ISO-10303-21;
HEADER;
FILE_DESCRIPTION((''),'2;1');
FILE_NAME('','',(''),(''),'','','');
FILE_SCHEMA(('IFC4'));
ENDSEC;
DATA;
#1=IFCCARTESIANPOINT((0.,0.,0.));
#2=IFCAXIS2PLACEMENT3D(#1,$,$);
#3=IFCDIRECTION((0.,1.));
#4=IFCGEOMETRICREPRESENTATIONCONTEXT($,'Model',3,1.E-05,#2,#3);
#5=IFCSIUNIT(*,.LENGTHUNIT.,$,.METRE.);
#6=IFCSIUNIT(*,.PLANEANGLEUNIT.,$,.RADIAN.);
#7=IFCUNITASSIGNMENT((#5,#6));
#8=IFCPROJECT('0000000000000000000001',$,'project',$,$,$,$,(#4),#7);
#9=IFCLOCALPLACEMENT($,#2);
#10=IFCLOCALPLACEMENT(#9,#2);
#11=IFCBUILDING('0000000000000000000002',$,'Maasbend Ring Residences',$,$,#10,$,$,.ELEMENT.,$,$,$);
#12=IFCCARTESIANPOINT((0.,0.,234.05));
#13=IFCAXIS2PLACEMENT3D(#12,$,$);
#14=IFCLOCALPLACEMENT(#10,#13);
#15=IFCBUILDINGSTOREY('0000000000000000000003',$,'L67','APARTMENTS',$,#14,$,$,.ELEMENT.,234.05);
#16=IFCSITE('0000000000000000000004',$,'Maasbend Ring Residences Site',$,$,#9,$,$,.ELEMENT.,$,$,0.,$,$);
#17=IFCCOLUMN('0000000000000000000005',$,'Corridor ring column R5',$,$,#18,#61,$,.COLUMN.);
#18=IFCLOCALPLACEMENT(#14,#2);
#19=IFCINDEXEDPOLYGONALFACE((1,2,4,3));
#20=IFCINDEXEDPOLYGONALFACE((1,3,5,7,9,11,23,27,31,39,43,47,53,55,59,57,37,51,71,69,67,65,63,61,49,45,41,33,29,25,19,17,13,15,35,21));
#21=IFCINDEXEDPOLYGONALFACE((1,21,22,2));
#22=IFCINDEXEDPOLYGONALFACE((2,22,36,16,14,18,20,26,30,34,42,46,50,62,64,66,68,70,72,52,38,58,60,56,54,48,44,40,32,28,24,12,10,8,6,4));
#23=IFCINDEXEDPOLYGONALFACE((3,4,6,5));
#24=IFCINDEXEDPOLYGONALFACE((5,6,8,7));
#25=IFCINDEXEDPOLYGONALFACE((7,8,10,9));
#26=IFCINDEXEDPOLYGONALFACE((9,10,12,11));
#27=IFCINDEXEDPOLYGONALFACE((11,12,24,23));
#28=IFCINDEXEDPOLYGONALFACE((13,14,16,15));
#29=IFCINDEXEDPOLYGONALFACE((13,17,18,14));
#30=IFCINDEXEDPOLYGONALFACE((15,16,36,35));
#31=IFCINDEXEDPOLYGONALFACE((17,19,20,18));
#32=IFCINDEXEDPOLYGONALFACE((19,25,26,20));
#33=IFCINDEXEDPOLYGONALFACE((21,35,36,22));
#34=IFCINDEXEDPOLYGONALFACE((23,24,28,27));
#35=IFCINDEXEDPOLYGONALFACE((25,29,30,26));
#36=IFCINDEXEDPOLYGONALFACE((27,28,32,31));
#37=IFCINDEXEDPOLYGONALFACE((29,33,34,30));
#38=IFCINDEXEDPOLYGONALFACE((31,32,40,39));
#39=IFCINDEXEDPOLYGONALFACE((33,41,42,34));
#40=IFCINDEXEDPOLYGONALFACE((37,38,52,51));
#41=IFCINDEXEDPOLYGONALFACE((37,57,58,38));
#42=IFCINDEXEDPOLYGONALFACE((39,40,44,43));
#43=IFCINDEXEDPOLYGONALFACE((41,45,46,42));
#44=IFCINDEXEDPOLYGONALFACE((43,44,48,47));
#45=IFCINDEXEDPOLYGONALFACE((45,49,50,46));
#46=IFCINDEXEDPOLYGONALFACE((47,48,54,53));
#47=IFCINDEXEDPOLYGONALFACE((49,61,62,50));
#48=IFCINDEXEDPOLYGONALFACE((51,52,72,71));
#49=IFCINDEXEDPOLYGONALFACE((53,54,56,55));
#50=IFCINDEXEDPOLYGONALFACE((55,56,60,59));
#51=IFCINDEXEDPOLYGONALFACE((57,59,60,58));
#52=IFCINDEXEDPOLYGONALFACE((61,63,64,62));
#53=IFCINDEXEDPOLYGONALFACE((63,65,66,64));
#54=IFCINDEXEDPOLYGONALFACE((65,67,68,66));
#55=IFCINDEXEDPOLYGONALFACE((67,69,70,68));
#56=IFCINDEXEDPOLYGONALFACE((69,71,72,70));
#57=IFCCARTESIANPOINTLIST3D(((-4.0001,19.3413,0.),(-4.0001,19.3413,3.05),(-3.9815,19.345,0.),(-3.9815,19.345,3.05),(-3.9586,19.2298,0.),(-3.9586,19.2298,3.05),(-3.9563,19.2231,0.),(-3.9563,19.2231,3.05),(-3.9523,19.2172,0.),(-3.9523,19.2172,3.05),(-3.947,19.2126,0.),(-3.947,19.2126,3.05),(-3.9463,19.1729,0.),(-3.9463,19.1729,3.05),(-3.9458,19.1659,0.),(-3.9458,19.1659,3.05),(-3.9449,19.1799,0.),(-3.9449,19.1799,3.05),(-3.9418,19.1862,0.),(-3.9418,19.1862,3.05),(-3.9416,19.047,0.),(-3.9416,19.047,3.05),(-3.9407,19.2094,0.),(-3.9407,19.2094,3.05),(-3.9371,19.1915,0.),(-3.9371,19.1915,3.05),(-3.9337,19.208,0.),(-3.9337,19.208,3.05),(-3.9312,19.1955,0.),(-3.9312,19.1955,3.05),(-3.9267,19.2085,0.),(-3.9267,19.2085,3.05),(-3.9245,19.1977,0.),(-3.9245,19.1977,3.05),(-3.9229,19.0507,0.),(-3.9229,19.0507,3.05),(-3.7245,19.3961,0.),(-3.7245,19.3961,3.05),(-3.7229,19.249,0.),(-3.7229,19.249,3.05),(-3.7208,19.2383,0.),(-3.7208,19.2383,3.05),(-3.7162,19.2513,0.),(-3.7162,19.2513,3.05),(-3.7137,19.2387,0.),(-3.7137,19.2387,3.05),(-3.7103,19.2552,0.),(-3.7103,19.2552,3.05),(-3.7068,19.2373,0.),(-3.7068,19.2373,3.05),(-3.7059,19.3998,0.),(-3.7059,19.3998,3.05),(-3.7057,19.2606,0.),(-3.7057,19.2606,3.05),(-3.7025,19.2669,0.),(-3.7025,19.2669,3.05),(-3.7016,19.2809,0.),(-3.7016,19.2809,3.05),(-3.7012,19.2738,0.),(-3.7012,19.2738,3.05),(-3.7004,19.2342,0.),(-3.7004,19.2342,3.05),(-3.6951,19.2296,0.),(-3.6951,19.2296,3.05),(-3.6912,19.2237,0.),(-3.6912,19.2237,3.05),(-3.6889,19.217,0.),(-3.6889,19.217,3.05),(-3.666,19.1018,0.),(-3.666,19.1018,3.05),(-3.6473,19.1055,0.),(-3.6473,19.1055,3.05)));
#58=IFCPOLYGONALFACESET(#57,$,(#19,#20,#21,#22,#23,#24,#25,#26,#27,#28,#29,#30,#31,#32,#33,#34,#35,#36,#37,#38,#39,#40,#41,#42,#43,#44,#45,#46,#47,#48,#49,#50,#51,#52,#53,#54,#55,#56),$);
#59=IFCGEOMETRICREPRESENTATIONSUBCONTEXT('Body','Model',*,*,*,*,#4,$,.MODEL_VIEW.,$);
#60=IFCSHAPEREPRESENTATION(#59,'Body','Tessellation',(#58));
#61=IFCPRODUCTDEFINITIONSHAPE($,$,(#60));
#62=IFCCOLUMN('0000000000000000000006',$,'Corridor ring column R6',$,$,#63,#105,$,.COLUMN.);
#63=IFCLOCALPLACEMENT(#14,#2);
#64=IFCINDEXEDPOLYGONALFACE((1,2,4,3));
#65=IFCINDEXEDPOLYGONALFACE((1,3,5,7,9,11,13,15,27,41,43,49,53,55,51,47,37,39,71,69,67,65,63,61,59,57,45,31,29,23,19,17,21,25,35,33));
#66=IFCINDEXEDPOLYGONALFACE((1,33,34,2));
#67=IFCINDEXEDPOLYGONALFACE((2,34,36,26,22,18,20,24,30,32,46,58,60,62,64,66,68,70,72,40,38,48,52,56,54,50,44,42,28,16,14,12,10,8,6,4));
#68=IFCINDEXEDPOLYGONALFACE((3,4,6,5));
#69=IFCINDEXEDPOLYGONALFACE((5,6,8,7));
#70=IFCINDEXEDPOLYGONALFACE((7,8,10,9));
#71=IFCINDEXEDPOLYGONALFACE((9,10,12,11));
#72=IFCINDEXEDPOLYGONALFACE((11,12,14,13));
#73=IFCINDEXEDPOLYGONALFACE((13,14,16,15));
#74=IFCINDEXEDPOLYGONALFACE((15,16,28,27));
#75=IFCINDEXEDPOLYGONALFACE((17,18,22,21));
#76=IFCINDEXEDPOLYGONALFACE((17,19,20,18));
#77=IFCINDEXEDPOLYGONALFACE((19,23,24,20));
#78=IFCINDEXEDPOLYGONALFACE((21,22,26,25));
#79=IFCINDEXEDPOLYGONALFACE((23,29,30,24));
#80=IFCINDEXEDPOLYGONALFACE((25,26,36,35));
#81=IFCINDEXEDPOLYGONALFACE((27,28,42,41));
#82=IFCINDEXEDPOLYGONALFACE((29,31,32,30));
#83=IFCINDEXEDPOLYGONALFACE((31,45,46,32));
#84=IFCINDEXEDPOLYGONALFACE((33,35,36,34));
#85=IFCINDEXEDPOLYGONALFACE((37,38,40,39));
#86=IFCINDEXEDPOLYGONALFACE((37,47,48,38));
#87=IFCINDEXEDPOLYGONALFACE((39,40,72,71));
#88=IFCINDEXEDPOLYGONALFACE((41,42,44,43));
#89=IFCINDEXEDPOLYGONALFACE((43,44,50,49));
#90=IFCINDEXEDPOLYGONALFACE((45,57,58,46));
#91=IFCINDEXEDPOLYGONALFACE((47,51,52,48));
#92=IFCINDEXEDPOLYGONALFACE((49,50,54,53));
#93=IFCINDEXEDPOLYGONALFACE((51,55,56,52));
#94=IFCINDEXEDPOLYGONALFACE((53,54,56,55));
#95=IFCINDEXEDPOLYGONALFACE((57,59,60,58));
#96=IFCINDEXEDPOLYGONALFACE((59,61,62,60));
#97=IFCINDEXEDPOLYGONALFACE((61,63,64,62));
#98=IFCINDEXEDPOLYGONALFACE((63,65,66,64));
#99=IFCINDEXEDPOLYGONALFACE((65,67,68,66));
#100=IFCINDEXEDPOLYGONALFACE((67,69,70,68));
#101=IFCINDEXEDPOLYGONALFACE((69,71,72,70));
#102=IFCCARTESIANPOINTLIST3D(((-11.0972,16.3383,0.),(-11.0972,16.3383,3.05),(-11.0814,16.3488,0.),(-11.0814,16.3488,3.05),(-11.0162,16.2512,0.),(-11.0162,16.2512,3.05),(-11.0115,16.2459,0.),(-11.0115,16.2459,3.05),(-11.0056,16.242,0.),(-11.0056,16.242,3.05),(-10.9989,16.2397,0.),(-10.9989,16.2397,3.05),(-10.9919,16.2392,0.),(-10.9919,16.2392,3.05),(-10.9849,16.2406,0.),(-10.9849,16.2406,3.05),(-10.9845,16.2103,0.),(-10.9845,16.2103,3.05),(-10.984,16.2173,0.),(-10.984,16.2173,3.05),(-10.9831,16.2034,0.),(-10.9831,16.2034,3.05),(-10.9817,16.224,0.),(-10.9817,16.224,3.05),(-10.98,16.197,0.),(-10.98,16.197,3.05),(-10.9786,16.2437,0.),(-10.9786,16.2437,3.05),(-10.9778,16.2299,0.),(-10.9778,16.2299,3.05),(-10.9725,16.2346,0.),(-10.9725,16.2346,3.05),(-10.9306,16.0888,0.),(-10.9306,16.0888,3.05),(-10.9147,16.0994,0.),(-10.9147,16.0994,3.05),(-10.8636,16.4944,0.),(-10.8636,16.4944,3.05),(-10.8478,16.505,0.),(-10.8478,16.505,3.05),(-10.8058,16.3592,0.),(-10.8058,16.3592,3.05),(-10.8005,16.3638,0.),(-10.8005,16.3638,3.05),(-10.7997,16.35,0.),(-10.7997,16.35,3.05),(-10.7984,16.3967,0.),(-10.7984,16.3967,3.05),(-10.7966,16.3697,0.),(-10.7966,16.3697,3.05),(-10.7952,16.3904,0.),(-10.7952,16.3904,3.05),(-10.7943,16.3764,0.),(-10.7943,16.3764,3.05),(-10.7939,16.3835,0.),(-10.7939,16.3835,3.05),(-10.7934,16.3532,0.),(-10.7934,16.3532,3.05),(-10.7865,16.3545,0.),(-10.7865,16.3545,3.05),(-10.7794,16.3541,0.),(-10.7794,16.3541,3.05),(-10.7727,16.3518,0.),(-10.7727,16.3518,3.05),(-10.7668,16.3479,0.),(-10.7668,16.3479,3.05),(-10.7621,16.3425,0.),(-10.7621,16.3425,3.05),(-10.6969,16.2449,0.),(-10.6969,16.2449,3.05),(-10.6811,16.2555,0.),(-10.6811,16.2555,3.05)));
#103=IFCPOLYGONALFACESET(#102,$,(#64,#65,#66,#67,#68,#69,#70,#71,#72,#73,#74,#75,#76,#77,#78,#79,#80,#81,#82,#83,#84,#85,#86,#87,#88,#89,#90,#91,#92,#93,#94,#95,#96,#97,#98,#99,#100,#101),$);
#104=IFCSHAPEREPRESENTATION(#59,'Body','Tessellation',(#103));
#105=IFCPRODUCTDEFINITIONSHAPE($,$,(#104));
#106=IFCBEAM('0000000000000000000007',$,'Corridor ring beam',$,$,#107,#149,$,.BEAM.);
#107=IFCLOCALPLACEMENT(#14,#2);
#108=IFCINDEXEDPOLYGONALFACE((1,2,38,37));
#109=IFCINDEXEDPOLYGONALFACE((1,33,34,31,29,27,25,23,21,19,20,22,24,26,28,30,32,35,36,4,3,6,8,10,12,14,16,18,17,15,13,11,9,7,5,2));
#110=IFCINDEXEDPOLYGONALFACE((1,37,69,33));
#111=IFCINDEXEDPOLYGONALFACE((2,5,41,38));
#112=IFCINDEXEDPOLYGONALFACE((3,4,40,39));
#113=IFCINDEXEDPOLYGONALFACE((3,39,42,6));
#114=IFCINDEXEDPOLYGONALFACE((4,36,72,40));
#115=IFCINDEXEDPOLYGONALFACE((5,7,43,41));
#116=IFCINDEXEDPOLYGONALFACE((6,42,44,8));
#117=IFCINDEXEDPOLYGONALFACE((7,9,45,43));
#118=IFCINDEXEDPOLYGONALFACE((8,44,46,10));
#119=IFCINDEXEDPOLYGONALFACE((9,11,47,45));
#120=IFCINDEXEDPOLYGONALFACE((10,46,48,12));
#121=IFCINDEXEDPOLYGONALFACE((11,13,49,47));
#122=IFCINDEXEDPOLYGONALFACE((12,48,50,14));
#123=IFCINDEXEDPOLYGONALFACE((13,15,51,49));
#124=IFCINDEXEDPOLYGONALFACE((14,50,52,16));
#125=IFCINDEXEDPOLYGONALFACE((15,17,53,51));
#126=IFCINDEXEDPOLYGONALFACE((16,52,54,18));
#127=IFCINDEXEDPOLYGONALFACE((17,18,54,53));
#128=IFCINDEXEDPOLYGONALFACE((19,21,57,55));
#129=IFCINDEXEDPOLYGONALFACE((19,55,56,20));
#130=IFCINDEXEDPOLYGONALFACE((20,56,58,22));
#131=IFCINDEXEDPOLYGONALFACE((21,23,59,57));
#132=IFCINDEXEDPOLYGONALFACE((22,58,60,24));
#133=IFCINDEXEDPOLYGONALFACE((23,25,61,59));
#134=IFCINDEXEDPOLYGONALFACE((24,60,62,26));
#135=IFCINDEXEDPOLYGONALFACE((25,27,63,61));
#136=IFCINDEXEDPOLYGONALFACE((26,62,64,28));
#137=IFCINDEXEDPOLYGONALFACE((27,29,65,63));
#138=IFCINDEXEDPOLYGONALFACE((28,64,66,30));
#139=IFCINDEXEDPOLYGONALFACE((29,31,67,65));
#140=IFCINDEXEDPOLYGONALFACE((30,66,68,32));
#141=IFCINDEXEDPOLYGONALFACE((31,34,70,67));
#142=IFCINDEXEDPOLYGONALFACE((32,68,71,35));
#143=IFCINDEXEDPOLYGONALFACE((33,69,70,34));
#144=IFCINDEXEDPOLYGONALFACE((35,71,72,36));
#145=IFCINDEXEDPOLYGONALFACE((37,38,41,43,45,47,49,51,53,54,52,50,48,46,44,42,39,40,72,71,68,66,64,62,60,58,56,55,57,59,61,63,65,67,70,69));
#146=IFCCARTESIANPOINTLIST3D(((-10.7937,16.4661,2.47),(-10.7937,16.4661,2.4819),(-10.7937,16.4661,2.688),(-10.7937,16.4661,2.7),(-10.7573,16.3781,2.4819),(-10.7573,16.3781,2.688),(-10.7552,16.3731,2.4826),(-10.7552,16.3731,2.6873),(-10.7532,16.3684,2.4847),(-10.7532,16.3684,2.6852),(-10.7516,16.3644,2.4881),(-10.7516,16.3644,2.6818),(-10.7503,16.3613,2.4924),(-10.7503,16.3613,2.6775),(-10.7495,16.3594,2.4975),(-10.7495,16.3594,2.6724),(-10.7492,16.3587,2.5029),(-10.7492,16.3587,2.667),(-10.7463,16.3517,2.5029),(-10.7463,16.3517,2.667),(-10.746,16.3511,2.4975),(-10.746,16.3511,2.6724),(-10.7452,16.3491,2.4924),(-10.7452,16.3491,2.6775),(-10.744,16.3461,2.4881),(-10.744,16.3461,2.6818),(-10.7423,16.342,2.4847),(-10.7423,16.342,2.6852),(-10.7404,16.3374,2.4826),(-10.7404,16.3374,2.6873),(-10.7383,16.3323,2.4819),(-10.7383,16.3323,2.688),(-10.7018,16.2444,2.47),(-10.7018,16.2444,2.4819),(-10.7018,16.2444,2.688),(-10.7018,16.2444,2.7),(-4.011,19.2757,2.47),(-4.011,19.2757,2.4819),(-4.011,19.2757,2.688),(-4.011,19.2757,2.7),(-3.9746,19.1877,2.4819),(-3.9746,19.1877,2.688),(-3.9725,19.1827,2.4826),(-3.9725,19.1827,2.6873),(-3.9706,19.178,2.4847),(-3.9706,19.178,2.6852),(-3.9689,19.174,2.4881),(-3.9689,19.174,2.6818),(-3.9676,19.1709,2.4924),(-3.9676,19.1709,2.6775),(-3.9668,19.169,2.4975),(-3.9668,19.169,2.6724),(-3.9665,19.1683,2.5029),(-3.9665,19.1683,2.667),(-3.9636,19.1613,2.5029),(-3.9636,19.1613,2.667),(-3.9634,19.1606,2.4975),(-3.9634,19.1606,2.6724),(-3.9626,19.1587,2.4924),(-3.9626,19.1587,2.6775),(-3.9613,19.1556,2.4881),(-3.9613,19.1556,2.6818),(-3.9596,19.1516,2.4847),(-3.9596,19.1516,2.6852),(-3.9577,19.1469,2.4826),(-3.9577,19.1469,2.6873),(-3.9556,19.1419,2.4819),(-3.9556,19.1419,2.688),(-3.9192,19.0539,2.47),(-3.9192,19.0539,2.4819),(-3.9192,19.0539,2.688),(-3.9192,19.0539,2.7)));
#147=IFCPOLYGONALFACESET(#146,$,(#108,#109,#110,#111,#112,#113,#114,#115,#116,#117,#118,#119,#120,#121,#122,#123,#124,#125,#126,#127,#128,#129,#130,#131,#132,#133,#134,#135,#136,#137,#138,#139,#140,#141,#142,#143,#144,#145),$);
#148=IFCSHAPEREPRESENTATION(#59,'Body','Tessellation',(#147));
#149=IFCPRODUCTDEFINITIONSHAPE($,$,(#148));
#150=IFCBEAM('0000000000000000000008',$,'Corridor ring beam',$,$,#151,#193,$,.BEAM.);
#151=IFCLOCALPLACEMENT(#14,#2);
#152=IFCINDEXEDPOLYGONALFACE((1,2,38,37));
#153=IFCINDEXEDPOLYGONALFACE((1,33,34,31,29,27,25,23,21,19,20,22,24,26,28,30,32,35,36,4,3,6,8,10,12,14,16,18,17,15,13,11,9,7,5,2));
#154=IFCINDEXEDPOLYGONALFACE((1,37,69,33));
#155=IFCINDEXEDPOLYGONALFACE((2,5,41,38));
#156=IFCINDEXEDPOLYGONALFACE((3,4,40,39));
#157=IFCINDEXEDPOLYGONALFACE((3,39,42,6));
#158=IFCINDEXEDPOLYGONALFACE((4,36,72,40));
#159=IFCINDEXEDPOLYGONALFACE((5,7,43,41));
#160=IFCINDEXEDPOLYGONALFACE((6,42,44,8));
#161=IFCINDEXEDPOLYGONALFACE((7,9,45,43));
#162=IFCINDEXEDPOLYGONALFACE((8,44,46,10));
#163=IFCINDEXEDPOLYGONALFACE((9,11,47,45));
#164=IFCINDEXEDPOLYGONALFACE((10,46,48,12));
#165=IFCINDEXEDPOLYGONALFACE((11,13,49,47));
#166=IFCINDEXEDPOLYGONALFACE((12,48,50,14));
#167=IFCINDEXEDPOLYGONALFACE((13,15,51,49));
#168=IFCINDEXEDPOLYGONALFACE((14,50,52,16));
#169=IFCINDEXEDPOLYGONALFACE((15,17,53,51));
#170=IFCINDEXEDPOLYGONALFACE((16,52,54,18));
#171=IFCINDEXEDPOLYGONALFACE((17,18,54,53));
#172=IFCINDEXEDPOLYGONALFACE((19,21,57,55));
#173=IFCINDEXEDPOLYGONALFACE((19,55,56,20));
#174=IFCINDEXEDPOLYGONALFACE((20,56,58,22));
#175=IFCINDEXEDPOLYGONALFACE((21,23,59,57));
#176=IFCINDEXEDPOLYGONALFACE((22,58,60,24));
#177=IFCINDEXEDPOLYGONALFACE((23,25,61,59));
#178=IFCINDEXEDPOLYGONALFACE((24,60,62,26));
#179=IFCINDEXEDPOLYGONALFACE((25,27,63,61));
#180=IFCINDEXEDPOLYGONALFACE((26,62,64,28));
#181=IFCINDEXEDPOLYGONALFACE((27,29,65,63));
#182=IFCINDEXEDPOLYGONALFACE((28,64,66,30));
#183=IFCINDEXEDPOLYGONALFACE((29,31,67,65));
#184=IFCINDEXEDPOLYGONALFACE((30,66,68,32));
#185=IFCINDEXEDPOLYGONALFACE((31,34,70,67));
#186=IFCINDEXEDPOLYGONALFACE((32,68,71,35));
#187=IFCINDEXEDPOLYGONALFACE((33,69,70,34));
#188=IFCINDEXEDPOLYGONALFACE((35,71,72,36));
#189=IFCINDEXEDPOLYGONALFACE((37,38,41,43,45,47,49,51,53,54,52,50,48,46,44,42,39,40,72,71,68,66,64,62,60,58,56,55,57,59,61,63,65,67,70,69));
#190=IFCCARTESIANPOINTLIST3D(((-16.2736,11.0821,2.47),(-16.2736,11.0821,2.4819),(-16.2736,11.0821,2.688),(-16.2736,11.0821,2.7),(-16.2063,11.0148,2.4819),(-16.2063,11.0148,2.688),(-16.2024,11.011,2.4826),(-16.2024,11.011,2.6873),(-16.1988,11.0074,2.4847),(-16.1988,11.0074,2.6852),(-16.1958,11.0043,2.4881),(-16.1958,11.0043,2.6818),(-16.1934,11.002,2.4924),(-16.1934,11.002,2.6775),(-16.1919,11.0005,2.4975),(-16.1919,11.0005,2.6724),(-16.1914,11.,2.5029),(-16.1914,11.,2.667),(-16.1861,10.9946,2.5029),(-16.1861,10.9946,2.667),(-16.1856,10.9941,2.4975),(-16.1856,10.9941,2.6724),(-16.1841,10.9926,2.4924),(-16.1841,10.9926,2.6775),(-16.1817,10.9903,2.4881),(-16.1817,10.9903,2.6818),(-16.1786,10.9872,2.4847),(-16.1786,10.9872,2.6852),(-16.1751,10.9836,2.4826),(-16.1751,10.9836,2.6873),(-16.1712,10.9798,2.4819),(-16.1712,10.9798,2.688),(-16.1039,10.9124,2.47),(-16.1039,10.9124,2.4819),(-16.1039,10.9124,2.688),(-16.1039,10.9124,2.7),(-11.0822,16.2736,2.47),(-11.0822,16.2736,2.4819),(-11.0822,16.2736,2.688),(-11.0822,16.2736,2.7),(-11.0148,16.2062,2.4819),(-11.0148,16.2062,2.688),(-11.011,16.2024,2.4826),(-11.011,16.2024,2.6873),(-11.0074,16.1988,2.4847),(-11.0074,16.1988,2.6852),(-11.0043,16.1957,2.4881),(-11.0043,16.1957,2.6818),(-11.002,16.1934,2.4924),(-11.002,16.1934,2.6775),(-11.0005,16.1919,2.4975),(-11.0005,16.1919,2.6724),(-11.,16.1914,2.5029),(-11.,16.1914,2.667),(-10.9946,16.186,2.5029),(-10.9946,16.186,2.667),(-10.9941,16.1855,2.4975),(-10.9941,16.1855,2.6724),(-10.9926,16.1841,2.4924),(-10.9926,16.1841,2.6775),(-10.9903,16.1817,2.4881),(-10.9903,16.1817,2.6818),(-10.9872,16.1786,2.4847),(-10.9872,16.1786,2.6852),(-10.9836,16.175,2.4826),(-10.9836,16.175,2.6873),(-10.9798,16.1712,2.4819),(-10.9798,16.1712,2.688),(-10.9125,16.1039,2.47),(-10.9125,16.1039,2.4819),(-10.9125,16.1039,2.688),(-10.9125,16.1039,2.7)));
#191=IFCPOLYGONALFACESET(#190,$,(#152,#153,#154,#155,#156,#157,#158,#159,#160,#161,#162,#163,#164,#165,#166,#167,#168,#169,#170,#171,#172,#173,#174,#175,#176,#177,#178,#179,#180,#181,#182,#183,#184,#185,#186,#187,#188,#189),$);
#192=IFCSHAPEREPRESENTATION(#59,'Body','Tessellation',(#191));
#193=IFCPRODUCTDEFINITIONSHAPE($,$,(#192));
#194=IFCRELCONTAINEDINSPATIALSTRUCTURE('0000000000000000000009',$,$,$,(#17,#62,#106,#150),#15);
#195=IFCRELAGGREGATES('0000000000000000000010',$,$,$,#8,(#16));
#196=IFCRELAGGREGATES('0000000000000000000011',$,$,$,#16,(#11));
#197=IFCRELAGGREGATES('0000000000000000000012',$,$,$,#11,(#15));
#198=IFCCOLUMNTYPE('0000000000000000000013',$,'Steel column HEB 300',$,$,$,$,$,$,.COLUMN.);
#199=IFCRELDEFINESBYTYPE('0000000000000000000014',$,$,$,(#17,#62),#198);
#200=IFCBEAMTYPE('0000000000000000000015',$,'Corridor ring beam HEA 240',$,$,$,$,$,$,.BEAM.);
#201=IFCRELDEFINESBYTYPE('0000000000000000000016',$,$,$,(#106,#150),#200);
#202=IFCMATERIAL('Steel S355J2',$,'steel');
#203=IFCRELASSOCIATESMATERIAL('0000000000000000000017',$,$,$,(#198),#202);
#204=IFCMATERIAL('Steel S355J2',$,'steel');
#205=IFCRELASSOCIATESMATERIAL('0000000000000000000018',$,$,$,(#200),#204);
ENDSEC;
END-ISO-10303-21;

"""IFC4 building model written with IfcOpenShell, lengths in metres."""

from ifc_helpers import new_model, si_unit, direction, frame, origin, origin_2d, place, context, subcontext, project, spatial, i_section, extrude, material, material_profile, profile_set, type_object, element, save


model = new_model("IFC4")

# Units and contexts
model_context = context("Model", 3, precision=1e-05, world=origin(), true_north=direction((0.0, 1.0)))
body_context = subcontext(model_context, "Body", "Model", "MODEL_VIEW")
ifc_project = project(units=[si_unit("LENGTHUNIT", "METRE"), si_unit("PLANEANGLEUNIT", "RADIAN")], contexts=[model_context])

# Site, building, storey
site_placement = place(None, origin())
site = spatial("IfcSite", under=ifc_project, at=site_placement, Name="Maasbend Ring Residences Site", CompositionType="ELEMENT", RefElevation=0.0)
building_placement = place(site_placement, origin())
building = spatial("IfcBuilding", under=site, at=building_placement, Name="Maasbend Ring Residences", CompositionType="ELEMENT")
storey_placement = place(building_placement, frame((0.0, 0.0, 234.05)))
storey = spatial("IfcBuildingStorey", under=building, at=storey_placement, Name="L67", Description="APARTMENTS", CompositionType="ELEMENT", Elevation=234.05)

# Columns
ifc_material_1 = material(Name="Steel S355J2", Category="steel")
ifc_material_profile_1 = material_profile(ifc_material_1, i_section(OverallWidth=0.3, OverallDepth=0.3, WebThickness=0.011, FlangeThickness=0.019, FilletRadius=0.0271, at=origin_2d()), Name="HEB 300")
ifc_profile_set_1 = profile_set([ifc_material_profile_1], Name="Steel S355J2")
column_type = type_object("IfcColumnType", Name="Steel column HEB 300", PredefinedType="COLUMN", material=ifc_profile_set_1)
for number, where, z_axis, x_axis, name in (
    (1, (-3.8237, 19.2234, 0.0), (0.0, 0.0, 1.0), (-0.19509, 0.980785, 0.0), "Corridor ring column R5"),
    (2, (-10.8892, 16.2969, 0.0), (0.0, 0.0, 1.0), (-0.55557, 0.83147, 0.0), "Corridor ring column R6"),
):
    element("IfcColumn", number, at=place(storey_placement, frame(where, z_axis=z_axis, x_axis=x_axis)), inside=storey, type_object=column_type, Name=name, PredefinedType="COLUMN", context=body_context, shape_type="SweptSolid", body=[
        extrude(i_section(OverallWidth=0.3, OverallDepth=0.3, WebThickness=0.011, FlangeThickness=0.019, FilletRadius=0.0271, at=origin_2d()), origin(), (0.0, 0.0, 1.0), 3.05),
    ])

# Beams
ifc_material_2 = material(Name="Steel S355J2", Category="steel")
ifc_material_profile_2 = material_profile(ifc_material_2, i_section(OverallWidth=0.24, OverallDepth=0.23, WebThickness=0.0076, FlangeThickness=0.012, FilletRadius=0.021, at=origin_2d()), Name="HEA 240")
ifc_profile_set_2 = profile_set([ifc_material_profile_2], Name="Steel S355J2")
beam_type = type_object("IfcBeamType", Name="Corridor ring beam HEA 240", PredefinedType="BEAM", material=ifc_profile_set_2)
beam_1_placement = place(storey_placement, frame((-3.9651, 19.1648, 2.585), z_axis=(-0.923876, -0.382692, 0.0), x_axis=(0.382692, -0.923876, 0.0)))
element("IfcBeam", 3, at=beam_1_placement, inside=storey, type_object=beam_type, Name="Corridor ring beam", PredefinedType="BEAM", context=body_context, shape_type="SweptSolid", body=[
    extrude(i_section(OverallWidth=0.24, OverallDepth=0.23, WebThickness=0.0076, FlangeThickness=0.012, FilletRadius=0.021, at=origin_2d()), origin(), (0.0, 0.0, 1.0), 7.3416),
])
beam_2_placement = place(storey_placement, frame((-10.9973, 16.1887, 2.585), z_axis=(-0.707107, -0.707107, 0.0), x_axis=(0.707107, -0.707107, 0.0)))
element("IfcBeam", 4, at=beam_2_placement, inside=storey, type_object=beam_type, Name="Corridor ring beam", PredefinedType="BEAM", context=body_context, shape_type="SweptSolid", body=[
    extrude(i_section(OverallWidth=0.24, OverallDepth=0.23, WebThickness=0.0076, FlangeThickness=0.012, FilletRadius=0.021, at=origin_2d()), origin(), (0.0, 0.0, 1.0), 7.3418),
])

save(model, "model.ifc")
